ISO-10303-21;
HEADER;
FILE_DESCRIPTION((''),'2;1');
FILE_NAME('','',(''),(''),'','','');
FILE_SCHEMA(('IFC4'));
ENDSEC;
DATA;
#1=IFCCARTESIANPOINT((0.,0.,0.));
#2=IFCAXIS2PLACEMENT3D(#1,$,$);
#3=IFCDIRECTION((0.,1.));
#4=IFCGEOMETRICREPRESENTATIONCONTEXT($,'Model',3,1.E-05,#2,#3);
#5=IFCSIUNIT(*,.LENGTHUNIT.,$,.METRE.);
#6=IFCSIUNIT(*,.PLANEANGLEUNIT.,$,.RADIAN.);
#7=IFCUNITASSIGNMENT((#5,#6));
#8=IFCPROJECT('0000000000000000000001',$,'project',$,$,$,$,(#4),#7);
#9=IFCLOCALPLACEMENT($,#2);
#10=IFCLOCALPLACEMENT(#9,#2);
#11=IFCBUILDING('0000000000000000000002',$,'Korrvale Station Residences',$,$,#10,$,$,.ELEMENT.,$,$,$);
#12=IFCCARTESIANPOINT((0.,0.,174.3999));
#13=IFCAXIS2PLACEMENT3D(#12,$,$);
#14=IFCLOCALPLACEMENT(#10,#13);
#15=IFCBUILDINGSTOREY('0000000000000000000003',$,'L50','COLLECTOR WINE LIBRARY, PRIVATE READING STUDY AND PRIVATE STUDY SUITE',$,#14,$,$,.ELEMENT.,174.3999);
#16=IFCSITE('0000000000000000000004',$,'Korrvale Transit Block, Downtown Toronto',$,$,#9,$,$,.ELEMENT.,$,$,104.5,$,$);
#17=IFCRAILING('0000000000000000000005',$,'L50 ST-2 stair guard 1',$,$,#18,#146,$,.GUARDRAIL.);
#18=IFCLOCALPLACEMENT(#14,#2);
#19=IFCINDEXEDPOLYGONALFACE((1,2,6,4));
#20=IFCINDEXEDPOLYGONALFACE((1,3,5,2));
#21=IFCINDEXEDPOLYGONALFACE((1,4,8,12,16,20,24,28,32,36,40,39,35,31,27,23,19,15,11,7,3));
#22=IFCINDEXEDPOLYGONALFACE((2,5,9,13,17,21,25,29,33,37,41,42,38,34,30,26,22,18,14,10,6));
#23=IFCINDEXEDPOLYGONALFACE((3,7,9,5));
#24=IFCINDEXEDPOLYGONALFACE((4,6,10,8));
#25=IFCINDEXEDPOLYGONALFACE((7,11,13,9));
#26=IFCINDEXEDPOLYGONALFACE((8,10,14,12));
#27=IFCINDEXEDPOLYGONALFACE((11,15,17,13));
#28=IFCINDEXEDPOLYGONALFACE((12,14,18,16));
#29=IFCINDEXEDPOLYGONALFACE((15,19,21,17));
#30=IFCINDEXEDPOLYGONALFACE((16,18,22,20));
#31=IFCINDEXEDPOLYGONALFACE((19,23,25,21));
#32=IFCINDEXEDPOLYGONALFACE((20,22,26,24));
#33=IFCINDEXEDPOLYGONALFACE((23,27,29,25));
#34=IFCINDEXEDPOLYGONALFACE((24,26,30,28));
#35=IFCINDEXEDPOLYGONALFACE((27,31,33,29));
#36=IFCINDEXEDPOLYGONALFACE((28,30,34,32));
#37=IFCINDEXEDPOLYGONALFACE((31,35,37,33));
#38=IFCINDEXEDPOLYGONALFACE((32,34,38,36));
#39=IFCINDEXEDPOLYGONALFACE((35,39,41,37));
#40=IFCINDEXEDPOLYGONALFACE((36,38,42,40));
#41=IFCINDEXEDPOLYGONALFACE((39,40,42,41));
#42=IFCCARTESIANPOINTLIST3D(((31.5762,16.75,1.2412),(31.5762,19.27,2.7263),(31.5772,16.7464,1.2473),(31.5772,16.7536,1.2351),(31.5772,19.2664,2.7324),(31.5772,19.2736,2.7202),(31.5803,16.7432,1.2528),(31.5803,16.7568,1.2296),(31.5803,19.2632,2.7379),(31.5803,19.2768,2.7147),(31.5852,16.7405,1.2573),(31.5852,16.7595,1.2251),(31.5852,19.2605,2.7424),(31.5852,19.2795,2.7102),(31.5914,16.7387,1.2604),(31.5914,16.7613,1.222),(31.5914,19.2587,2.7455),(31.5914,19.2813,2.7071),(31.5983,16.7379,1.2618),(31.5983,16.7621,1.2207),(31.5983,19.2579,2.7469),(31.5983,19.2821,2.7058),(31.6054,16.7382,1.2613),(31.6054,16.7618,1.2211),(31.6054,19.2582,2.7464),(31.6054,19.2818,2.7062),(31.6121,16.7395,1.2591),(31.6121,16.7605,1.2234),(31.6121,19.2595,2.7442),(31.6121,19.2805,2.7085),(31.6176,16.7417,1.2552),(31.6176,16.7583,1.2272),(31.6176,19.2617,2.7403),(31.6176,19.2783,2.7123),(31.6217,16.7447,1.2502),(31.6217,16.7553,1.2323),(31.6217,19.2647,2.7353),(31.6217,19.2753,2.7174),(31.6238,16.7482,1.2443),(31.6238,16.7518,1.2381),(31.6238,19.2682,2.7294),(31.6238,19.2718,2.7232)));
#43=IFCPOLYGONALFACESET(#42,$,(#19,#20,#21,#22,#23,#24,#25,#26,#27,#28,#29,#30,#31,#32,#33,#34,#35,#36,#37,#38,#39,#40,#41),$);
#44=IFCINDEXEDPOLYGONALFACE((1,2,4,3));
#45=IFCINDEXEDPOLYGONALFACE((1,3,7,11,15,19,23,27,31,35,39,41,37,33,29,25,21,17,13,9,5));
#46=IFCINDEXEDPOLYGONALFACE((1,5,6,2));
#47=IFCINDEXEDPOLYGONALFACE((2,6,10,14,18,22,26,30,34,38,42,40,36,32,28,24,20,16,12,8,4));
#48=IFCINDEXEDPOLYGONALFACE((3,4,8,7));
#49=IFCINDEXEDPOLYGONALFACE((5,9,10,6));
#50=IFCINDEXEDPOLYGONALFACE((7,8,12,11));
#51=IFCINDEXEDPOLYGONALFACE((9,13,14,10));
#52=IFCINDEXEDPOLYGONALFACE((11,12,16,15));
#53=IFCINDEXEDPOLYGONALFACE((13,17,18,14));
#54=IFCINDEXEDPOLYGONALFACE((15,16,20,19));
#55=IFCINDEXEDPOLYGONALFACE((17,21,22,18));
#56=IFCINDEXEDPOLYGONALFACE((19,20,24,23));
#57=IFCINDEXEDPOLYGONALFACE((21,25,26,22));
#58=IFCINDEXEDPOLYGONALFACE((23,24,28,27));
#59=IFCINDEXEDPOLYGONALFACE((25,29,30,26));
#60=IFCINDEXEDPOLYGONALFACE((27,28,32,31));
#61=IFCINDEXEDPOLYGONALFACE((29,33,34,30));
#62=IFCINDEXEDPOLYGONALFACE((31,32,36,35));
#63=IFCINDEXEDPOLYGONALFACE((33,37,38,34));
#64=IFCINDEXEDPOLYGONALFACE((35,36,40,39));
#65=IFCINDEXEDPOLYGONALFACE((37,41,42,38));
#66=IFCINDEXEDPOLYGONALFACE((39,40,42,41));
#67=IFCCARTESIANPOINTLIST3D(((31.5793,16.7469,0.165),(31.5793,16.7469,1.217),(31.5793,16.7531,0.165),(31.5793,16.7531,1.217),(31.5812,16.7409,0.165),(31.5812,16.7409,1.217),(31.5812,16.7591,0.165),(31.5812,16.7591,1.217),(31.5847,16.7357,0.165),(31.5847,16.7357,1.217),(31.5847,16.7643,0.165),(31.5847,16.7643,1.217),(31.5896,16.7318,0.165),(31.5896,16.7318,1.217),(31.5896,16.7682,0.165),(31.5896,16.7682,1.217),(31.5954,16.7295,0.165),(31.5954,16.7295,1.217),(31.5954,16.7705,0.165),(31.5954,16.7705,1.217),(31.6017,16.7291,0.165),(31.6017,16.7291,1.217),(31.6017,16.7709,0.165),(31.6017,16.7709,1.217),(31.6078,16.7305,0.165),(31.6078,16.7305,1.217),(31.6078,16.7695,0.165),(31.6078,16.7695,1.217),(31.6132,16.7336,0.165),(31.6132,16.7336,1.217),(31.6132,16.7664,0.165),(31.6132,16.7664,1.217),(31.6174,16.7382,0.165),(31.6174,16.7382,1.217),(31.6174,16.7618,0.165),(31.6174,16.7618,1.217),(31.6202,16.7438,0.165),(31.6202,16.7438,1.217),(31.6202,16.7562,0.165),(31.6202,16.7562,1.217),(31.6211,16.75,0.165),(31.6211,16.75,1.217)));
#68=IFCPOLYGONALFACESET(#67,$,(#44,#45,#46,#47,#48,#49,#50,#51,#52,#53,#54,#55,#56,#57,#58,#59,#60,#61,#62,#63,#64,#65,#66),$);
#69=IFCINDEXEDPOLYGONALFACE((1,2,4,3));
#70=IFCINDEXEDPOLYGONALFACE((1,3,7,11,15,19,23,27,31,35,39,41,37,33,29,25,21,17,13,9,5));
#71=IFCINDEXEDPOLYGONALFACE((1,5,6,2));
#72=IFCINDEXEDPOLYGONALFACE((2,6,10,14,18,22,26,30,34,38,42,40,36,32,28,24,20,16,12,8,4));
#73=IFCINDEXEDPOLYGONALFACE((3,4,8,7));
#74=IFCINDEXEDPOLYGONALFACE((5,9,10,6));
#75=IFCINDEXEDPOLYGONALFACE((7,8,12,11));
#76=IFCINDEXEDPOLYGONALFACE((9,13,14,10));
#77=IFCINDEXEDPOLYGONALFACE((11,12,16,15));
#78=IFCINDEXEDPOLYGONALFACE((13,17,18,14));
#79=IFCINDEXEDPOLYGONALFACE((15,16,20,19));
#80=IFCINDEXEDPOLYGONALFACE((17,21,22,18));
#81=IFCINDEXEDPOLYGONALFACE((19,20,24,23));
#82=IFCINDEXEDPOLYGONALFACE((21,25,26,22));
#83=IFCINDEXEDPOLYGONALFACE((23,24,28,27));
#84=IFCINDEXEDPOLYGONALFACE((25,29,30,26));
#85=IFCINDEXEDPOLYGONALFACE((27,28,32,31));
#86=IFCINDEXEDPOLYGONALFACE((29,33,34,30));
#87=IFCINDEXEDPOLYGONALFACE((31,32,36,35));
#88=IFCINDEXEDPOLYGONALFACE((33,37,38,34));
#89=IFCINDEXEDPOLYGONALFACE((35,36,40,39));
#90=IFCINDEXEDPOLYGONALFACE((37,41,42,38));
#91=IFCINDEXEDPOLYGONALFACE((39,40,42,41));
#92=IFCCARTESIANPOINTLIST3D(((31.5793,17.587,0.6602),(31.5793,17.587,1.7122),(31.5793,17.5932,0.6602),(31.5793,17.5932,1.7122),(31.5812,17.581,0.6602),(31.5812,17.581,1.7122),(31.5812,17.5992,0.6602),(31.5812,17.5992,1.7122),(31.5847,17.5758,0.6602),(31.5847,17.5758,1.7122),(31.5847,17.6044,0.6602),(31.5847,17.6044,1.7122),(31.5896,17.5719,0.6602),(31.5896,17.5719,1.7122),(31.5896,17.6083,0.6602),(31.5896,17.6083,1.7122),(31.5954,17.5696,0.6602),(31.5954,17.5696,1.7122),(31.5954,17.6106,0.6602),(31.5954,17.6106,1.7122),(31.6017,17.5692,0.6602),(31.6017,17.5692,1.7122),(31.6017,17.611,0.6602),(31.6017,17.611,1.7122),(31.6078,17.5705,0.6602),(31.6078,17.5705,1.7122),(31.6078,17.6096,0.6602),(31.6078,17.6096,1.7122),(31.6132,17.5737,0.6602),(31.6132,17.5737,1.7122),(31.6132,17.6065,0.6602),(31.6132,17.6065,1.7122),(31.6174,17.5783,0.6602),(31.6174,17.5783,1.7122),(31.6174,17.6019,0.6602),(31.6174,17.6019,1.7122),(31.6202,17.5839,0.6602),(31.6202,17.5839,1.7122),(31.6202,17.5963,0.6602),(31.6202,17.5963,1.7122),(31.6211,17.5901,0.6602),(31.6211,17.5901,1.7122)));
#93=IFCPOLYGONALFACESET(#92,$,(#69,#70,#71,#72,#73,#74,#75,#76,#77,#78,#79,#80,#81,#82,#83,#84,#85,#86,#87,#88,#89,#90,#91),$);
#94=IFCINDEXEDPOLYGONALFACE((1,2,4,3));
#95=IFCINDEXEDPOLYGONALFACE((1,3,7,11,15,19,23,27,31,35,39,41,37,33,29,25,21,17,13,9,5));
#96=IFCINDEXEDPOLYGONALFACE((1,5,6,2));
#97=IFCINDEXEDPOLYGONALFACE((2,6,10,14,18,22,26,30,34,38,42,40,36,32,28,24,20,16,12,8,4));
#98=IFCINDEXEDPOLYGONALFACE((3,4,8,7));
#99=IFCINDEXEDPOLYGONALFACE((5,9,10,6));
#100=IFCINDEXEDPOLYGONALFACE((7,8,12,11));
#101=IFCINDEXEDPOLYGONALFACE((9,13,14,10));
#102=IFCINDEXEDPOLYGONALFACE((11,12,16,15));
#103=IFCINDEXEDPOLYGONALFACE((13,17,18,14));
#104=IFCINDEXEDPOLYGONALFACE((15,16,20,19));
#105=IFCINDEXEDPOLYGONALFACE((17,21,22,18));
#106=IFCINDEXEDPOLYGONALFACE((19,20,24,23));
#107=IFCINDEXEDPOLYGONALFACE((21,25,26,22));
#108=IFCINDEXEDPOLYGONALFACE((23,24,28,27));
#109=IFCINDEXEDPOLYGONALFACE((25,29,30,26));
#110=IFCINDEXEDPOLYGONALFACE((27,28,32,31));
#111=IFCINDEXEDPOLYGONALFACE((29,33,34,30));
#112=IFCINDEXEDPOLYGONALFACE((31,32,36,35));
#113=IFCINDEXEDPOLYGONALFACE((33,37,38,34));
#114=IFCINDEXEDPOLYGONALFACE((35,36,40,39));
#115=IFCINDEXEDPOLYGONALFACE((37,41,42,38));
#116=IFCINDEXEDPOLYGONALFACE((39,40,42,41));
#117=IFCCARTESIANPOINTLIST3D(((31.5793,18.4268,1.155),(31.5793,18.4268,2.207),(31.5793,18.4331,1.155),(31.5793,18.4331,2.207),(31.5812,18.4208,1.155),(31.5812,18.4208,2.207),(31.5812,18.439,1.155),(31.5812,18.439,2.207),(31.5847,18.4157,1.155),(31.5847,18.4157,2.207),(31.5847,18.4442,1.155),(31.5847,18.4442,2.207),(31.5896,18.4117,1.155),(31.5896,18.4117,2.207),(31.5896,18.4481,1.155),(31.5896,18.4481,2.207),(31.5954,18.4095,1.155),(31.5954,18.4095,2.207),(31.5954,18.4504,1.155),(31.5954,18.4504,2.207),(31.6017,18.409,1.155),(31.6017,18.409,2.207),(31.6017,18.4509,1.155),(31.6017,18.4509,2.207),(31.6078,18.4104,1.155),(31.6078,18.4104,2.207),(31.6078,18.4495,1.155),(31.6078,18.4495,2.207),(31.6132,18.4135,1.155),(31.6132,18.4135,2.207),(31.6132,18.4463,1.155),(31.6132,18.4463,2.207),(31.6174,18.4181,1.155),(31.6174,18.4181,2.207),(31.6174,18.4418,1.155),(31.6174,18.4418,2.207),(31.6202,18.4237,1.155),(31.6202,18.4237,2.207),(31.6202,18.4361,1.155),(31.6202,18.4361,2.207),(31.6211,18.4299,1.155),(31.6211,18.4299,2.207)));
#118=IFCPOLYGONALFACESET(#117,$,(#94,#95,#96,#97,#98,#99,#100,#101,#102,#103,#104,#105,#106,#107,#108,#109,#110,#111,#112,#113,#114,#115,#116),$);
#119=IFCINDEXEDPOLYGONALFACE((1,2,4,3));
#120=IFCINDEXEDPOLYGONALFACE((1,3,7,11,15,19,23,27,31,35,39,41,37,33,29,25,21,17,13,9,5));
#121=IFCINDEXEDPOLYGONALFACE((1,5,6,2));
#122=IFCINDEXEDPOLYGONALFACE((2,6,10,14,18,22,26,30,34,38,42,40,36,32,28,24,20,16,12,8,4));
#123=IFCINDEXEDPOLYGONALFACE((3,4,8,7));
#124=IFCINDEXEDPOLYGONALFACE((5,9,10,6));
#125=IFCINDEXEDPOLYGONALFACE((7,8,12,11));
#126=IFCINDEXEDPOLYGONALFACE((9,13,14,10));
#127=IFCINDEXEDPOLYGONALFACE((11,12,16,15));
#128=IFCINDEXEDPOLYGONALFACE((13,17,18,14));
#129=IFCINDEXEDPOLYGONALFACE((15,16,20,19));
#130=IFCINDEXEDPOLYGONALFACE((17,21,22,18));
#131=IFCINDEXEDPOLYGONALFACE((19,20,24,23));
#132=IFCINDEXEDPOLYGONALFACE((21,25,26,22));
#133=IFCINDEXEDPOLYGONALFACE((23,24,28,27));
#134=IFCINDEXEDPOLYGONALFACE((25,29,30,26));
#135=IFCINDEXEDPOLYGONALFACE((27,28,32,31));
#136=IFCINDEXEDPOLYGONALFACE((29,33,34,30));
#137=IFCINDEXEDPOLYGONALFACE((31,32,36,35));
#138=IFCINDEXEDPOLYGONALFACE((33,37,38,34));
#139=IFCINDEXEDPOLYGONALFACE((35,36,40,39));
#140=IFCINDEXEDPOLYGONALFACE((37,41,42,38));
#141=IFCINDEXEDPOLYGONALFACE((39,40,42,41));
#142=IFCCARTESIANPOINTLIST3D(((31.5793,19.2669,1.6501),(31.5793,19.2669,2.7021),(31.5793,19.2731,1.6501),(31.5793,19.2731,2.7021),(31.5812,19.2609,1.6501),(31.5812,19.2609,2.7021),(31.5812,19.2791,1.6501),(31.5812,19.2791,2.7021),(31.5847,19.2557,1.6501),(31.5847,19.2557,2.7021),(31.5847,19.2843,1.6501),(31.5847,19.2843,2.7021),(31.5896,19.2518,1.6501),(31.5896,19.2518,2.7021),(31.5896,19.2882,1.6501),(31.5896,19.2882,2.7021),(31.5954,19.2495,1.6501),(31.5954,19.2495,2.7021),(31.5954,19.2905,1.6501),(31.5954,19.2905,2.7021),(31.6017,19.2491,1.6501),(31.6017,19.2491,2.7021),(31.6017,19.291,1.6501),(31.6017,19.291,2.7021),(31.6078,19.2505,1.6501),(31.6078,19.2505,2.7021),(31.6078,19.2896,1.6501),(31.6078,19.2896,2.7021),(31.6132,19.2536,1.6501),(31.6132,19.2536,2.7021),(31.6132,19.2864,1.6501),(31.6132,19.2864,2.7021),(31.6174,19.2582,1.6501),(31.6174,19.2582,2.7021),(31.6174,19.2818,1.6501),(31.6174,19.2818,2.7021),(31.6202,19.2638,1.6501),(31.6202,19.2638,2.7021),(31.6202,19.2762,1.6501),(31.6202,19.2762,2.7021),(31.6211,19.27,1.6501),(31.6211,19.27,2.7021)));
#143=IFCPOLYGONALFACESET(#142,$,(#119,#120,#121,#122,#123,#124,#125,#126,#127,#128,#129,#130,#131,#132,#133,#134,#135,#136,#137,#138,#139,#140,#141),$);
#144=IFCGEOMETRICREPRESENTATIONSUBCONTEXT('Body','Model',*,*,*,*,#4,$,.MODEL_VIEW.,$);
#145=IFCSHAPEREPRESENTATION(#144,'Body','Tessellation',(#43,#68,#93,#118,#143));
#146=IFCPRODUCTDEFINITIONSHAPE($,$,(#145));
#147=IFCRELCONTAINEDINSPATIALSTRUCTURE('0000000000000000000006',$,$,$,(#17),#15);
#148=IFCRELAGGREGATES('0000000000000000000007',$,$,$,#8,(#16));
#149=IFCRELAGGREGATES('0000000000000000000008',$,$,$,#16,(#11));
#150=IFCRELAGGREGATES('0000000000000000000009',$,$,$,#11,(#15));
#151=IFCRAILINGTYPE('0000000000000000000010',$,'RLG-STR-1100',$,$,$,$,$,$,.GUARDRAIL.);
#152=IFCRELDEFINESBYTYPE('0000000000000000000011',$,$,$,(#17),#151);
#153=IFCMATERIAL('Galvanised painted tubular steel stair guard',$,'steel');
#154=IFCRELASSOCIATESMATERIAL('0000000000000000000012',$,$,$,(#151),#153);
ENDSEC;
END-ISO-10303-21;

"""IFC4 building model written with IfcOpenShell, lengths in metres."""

from ifc_helpers import new_model, si_unit, direction, frame, origin, origin_2d, place, context, subcontext, project, spatial, circle, extrude, material, type_object, element, save


model = new_model("IFC4")

# Units and contexts
model_context = context("Model", 3, precision=1e-05, world=origin(), true_north=direction((0.0, 1.0)))
body_context = subcontext(model_context, "Body", "Model", "MODEL_VIEW")
ifc_project = project(units=[si_unit("LENGTHUNIT", "METRE"), si_unit("PLANEANGLEUNIT", "RADIAN")], contexts=[model_context])

# Site, building, storey
site_placement = place(None, origin())
site = spatial("IfcSite", under=ifc_project, at=site_placement, Name="Korrvale Transit Block, Downtown Toronto", CompositionType="ELEMENT", RefElevation=104.5)
building_placement = place(site_placement, origin())
building = spatial("IfcBuilding", under=site, at=building_placement, Name="Korrvale Station Residences", CompositionType="ELEMENT")
storey_placement = place(building_placement, frame((0.0, 0.0, 174.3999)))
storey = spatial("IfcBuildingStorey", under=building, at=storey_placement, Name="L50", Description="COLLECTOR WINE LIBRARY, PRIVATE READING STUDY AND PRIVATE STUDY SUITE", CompositionType="ELEMENT", Elevation=174.3999)

# Railing
ifc_material_1 = material(Name="Galvanised painted tubular steel stair guard", Category="steel")
railing_type_1 = type_object("IfcRailingType", Name="RLG-STR-1100", PredefinedType="GUARDRAIL", material=ifc_material_1)
railing_1_placement = place(storey_placement, frame((31.6001, 16.75, 0.165)))
element("IfcRailing", 1, at=railing_1_placement, inside=storey, type_object=railing_type_1, Name="L50 ST-2 stair guard 1", PredefinedType="GUARDRAIL", context=body_context, shape_type="SweptSolid", body=[
    extrude(circle(Radius=0.0239, at=origin_2d()), frame((0.0, 0.0, 1.0762), z_axis=(0.0, 0.861524, 0.507717), x_axis=(-1.0, 0.0, 0.0)), (0.0, 0.0, 1.0), 2.925),
    extrude(circle(Radius=0.021, at=origin_2d()), origin(), (0.0, 0.0, 1.0), 1.052),
    extrude(circle(Radius=0.021, at=origin_2d()), frame((0.0, 0.8401, 0.4951)), (0.0, 0.0, 1.0), 1.052),
    extrude(circle(Radius=0.021, at=origin_2d()), frame((0.0, 1.6799, 0.99)), (0.0, 0.0, 1.0), 1.052),
    extrude(circle(Radius=0.021, at=origin_2d()), frame((0.0, 2.52, 1.4851)), (0.0, 0.0, 1.0), 1.052),
])

save(model, "model.ifc")
